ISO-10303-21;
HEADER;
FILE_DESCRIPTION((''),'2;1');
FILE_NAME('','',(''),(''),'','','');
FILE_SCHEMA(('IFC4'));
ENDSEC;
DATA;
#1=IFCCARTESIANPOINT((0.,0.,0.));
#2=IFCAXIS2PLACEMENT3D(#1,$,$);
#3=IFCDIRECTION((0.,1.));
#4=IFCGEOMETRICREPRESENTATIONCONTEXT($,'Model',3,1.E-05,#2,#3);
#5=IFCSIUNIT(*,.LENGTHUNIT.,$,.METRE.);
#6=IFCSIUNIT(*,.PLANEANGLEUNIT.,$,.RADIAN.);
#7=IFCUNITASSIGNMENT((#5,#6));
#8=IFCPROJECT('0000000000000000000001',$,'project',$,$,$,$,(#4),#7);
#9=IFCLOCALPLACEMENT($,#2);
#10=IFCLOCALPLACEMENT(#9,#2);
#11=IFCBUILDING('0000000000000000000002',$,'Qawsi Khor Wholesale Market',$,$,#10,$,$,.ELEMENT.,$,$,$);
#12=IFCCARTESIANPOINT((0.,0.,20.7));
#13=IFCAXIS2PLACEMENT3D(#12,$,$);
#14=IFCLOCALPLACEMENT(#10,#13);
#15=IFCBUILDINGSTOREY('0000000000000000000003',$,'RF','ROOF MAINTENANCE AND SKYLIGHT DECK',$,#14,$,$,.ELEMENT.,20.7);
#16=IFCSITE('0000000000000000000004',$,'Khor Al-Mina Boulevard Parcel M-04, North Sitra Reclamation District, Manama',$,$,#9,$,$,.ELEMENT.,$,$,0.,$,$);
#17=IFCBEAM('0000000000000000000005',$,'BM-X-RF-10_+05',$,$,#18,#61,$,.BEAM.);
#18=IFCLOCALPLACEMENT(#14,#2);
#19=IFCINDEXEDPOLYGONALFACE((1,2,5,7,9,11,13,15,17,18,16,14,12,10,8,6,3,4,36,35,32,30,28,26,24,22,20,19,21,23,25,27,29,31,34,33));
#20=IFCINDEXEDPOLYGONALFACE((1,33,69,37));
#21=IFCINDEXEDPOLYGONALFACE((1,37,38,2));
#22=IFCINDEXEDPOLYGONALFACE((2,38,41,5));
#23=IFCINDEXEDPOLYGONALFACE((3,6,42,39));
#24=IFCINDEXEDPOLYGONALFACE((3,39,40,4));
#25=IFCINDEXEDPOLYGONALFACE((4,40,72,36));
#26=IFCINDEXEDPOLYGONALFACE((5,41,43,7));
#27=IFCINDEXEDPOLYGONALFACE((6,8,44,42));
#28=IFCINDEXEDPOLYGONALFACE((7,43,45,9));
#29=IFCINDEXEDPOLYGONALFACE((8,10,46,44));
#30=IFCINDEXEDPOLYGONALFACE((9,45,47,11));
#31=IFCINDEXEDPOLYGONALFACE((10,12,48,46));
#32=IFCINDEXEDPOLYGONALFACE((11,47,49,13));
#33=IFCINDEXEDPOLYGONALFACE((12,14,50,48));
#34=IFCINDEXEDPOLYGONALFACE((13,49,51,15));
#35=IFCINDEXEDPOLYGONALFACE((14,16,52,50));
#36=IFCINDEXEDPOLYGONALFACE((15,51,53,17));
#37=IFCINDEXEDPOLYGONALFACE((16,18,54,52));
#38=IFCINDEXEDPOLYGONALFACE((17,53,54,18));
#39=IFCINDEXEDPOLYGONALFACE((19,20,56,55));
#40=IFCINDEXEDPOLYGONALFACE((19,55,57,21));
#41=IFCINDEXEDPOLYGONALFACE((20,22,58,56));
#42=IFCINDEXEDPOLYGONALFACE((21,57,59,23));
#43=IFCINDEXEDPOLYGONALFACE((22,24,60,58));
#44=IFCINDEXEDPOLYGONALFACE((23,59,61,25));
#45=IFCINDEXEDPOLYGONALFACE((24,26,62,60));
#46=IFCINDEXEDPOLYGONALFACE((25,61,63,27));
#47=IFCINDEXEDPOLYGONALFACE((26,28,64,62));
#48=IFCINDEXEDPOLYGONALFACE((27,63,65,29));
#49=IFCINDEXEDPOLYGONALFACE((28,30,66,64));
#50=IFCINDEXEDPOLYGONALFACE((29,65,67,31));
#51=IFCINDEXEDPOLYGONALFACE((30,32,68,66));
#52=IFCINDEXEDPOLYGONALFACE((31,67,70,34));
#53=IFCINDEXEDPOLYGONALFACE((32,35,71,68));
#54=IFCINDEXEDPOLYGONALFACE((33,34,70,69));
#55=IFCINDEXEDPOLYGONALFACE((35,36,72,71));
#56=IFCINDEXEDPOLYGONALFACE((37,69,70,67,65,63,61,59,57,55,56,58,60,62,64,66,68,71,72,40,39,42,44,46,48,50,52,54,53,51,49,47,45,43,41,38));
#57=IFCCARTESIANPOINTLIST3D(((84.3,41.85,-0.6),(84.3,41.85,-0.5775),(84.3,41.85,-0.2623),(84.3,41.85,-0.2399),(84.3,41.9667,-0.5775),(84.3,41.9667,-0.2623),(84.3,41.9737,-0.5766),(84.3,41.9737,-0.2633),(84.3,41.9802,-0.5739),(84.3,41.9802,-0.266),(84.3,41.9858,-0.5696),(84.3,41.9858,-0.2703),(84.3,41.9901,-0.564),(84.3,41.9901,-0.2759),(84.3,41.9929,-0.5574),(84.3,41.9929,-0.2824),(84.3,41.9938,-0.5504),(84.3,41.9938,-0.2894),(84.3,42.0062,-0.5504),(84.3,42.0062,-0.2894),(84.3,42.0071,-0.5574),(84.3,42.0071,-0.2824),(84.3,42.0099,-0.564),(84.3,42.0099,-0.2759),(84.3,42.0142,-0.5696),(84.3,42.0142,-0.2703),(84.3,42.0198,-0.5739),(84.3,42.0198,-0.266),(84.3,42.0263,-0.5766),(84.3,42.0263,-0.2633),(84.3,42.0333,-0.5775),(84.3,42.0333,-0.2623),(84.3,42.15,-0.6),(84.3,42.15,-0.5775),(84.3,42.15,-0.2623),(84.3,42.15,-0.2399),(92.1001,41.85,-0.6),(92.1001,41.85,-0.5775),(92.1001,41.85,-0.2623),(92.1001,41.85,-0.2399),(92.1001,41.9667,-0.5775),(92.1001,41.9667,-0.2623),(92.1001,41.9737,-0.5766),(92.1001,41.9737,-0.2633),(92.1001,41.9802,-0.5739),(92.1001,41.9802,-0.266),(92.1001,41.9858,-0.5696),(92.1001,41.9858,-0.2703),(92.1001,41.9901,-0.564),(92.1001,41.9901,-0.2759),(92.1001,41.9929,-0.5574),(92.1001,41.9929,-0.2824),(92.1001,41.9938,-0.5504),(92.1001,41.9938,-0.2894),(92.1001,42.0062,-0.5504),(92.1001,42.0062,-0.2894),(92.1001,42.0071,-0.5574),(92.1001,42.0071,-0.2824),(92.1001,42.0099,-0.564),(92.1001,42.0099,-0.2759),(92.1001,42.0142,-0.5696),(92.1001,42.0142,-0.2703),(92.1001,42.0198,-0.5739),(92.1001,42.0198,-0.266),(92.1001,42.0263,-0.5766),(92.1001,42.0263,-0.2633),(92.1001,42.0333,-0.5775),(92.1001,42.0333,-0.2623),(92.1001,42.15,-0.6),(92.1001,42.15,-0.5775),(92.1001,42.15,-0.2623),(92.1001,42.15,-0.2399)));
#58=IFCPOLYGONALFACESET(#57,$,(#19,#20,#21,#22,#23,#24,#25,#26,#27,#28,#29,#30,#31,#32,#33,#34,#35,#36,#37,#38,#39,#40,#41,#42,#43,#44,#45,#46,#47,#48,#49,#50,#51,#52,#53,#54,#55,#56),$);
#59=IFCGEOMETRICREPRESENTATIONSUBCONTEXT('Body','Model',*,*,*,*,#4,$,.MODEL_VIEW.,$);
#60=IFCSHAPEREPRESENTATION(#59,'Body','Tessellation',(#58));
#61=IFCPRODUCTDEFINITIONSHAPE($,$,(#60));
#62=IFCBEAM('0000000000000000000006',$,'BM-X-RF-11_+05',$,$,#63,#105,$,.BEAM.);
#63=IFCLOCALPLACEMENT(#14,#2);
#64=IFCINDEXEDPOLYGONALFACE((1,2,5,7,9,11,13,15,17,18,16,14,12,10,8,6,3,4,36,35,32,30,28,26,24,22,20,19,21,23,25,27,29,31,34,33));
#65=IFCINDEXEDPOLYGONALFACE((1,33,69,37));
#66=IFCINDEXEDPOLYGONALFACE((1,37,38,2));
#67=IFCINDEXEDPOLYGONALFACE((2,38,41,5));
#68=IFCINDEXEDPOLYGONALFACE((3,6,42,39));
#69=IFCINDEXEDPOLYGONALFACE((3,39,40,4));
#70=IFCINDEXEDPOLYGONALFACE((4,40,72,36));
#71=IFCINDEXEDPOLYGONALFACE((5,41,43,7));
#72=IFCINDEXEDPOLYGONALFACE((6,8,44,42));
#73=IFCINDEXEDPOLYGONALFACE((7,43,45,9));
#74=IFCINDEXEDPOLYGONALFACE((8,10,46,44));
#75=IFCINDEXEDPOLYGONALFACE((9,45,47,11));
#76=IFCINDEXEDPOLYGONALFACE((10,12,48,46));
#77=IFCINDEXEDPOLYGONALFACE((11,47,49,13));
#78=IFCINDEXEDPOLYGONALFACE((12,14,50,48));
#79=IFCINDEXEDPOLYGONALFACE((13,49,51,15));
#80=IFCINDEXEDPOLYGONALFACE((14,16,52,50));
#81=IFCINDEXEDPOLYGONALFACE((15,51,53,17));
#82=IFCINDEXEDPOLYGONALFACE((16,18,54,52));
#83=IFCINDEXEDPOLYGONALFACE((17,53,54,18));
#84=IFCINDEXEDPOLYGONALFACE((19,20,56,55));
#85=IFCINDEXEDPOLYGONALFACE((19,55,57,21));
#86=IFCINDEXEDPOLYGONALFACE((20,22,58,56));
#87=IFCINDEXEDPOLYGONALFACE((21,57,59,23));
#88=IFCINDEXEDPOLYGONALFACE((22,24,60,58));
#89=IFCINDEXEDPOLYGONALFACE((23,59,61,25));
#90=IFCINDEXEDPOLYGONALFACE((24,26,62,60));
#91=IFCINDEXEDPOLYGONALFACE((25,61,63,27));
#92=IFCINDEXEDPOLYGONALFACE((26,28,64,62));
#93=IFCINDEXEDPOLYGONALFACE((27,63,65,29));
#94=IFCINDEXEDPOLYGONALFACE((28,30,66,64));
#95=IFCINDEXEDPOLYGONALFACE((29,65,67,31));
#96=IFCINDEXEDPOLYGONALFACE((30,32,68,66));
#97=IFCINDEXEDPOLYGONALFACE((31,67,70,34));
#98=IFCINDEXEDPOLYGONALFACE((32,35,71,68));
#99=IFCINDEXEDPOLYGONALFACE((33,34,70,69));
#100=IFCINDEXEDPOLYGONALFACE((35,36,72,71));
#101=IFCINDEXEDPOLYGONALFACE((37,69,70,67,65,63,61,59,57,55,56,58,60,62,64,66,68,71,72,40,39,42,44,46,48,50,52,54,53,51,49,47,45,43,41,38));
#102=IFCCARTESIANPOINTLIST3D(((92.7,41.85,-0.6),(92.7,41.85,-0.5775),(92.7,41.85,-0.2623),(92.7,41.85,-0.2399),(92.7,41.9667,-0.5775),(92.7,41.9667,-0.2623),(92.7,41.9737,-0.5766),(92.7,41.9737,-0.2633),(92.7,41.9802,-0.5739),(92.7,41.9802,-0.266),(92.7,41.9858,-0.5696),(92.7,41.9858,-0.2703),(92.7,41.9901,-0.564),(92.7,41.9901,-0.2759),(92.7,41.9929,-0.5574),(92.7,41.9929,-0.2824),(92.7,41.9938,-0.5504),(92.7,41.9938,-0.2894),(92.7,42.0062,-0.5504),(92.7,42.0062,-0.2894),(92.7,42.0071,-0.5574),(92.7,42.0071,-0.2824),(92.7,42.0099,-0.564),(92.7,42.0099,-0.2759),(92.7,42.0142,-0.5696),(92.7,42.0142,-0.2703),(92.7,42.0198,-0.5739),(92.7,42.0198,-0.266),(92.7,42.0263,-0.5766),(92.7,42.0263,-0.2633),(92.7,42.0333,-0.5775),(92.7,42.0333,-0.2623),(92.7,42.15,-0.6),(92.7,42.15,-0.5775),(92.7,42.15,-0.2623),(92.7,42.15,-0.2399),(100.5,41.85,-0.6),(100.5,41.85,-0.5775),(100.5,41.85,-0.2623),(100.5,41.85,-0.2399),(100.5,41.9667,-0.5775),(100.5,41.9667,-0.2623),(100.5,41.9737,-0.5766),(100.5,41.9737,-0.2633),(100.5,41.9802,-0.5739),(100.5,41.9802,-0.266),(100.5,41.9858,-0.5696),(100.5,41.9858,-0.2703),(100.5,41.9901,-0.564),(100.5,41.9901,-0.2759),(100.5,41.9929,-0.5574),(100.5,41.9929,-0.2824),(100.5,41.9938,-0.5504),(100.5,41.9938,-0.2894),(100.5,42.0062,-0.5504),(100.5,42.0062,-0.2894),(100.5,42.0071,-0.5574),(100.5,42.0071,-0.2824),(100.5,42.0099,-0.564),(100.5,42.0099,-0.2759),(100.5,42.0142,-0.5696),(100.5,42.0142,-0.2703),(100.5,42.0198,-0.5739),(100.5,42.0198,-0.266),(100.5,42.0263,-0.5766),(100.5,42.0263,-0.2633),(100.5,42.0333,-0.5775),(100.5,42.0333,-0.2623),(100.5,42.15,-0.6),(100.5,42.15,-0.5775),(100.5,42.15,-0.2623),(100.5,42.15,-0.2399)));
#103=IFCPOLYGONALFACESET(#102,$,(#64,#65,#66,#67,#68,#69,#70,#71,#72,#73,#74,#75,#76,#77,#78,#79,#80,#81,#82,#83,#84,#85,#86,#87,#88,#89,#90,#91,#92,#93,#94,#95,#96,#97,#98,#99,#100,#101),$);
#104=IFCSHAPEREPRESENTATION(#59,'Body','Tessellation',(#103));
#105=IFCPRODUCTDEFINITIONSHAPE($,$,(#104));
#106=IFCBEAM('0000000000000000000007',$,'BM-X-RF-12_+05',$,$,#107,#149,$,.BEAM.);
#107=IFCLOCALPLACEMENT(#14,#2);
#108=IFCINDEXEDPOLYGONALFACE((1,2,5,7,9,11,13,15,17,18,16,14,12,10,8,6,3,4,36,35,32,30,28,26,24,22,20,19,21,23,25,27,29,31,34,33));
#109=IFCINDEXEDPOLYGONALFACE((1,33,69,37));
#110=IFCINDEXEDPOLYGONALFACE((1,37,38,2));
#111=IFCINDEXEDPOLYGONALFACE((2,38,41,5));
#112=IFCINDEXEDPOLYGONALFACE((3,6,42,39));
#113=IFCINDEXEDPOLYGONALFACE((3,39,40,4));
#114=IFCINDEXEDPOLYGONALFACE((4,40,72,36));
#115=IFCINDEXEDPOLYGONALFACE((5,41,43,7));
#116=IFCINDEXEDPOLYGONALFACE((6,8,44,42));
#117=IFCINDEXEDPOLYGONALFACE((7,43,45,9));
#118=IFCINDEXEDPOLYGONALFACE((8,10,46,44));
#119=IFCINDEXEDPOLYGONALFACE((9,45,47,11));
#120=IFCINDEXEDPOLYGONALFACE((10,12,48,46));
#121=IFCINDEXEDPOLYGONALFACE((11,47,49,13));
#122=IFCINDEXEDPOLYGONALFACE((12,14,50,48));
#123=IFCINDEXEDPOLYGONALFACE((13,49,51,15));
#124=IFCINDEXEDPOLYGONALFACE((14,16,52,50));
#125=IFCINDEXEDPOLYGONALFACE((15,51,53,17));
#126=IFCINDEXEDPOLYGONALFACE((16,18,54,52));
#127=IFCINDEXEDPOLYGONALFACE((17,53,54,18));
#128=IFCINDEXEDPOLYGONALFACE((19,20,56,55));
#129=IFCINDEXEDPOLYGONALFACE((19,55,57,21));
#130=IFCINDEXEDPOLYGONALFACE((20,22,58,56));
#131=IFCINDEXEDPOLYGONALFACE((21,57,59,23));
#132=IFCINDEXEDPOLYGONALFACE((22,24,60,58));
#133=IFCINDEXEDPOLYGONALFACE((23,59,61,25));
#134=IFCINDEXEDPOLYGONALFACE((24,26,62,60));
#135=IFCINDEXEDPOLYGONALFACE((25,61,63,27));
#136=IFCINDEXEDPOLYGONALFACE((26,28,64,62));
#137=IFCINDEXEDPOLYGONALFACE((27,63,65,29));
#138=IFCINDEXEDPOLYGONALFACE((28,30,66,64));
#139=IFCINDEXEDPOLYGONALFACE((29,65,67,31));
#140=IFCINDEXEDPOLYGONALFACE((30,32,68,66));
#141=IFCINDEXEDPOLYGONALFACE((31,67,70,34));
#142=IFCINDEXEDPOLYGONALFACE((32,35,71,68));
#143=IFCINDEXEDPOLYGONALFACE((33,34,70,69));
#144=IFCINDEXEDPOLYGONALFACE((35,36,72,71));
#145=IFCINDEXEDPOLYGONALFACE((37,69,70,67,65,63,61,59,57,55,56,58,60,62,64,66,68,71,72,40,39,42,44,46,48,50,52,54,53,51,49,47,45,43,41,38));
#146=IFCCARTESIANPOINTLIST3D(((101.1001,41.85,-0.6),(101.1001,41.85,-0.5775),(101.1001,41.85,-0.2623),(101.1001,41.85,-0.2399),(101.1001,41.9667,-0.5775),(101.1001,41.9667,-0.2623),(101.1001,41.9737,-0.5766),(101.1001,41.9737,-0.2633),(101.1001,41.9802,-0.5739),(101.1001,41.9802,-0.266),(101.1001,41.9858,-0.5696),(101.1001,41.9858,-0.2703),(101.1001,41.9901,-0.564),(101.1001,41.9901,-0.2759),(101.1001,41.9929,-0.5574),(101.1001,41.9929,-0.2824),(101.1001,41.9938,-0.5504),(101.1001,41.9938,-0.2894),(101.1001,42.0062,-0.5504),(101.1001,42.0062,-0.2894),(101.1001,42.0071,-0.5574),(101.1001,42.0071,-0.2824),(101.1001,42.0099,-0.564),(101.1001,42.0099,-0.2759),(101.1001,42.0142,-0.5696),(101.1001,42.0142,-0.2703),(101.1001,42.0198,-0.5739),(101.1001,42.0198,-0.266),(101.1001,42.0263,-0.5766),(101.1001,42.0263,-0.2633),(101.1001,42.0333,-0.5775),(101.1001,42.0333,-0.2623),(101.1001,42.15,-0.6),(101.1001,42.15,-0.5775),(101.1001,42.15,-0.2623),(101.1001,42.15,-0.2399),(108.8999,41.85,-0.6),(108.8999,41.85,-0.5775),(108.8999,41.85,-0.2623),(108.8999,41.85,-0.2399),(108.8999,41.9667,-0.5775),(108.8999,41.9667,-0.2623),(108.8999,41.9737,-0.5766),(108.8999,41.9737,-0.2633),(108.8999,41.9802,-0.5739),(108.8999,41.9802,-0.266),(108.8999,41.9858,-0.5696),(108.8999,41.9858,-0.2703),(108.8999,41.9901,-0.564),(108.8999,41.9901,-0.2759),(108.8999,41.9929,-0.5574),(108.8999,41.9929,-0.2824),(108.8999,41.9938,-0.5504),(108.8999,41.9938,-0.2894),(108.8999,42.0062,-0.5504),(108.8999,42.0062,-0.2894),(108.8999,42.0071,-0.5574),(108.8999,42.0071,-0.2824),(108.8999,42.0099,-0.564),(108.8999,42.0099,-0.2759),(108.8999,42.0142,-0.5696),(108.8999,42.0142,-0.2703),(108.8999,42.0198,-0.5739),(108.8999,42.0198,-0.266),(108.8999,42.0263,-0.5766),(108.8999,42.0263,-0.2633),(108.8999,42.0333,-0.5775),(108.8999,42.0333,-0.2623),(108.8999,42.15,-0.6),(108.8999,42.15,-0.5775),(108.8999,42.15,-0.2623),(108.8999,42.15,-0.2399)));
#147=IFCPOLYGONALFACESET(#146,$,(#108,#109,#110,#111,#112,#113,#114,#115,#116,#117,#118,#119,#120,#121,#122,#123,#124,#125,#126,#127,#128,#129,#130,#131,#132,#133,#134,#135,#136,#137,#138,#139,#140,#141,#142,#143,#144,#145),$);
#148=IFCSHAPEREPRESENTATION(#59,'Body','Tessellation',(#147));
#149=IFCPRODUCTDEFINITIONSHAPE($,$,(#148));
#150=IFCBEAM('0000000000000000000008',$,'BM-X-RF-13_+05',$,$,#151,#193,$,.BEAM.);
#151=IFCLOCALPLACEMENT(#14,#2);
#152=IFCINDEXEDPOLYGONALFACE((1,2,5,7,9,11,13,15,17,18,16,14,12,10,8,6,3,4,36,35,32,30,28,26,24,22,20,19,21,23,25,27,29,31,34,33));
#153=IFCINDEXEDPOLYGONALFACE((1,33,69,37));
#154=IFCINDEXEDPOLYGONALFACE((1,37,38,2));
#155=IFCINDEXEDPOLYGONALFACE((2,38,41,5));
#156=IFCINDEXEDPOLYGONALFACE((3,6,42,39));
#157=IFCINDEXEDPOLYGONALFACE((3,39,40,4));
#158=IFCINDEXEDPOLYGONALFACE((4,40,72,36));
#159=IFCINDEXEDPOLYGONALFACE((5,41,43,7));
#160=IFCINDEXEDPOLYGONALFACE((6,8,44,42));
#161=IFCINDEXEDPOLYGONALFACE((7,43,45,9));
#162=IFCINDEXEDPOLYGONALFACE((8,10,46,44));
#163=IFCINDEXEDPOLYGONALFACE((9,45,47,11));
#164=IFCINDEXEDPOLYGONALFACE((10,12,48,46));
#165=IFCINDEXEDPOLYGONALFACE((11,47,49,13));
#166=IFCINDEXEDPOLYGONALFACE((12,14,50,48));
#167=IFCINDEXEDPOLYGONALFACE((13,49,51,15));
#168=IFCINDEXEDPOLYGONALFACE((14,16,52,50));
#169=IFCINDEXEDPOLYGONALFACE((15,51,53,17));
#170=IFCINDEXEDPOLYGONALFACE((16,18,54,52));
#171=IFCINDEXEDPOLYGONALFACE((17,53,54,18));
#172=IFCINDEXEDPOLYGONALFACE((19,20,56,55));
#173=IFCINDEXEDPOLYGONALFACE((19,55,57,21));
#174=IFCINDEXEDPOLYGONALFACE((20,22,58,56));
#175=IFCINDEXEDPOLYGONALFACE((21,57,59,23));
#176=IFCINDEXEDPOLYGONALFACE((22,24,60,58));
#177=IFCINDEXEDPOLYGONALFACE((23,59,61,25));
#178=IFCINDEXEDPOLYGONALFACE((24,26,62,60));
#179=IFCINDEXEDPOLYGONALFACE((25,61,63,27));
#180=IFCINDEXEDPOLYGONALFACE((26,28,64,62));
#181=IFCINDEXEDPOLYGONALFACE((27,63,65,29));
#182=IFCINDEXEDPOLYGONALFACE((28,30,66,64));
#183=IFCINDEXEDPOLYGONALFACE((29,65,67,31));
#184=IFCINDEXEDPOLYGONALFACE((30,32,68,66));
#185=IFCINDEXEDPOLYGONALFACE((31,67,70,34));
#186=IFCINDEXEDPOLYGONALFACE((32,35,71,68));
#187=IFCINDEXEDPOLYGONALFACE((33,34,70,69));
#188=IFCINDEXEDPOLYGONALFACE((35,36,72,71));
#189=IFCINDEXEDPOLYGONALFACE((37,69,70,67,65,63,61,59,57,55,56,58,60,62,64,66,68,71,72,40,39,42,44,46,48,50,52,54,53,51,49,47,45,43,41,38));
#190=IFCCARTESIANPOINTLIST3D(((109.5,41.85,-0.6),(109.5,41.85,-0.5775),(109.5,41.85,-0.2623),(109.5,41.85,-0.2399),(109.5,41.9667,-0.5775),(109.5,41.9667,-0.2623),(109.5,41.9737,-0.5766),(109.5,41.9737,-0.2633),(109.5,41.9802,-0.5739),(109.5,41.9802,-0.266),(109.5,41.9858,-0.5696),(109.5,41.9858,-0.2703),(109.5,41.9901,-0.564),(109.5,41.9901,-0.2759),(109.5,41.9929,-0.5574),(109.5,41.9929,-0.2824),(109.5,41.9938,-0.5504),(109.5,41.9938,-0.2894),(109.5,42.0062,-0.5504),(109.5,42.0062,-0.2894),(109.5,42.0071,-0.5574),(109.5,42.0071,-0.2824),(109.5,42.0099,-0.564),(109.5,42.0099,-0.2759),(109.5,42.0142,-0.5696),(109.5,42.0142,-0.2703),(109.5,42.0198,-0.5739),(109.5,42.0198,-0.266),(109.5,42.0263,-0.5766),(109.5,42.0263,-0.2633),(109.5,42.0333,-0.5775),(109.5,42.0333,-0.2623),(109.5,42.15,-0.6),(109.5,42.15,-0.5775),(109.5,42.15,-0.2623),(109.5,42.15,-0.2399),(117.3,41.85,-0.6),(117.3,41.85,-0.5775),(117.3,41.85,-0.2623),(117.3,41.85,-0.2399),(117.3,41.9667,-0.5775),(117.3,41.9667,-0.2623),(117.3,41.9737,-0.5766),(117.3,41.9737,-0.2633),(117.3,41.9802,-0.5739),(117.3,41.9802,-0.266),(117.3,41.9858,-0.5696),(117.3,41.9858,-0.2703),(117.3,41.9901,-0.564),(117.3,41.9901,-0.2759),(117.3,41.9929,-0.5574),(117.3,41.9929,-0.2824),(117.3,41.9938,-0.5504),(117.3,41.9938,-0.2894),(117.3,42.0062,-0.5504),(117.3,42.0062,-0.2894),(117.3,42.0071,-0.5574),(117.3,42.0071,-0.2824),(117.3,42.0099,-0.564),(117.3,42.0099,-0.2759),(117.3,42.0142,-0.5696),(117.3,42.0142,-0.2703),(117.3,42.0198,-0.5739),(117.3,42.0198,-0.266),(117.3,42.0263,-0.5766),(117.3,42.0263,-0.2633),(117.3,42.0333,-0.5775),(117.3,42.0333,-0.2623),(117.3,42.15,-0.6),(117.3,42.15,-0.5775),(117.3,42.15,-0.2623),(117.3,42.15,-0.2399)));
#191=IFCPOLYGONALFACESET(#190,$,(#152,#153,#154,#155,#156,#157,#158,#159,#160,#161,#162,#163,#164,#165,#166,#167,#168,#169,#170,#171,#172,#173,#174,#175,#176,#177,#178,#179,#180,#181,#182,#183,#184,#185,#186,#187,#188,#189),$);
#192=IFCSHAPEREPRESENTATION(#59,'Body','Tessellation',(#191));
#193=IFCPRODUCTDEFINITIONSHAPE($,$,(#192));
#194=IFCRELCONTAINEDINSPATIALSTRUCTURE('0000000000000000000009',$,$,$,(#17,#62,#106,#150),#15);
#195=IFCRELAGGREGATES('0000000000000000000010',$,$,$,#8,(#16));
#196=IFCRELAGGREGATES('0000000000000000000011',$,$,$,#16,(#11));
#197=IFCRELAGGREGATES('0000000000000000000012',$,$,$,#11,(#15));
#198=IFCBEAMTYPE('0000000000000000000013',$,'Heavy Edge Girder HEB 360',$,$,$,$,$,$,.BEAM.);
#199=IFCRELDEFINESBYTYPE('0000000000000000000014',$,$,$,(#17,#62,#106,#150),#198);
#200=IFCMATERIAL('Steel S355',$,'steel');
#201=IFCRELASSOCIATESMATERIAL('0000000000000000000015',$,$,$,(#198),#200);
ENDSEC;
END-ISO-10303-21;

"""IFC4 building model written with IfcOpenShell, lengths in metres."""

from ifc_helpers import new_model, si_unit, direction, frame, origin, origin_2d, place, context, subcontext, project, spatial, i_section, extrude, material, material_profile, profile_set, type_object, element, save


model = new_model("IFC4")

# Units and contexts
model_context = context("Model", 3, precision=1e-05, world=origin(), true_north=direction((0.0, 1.0)))
body_context = subcontext(model_context, "Body", "Model", "MODEL_VIEW")
ifc_project = project(units=[si_unit("LENGTHUNIT", "METRE"), si_unit("PLANEANGLEUNIT", "RADIAN")], contexts=[model_context])

# Site, building, storey
site_placement = place(None, origin())
site = spatial("IfcSite", under=ifc_project, at=site_placement, Name="Khor Al-Mina Boulevard Parcel M-04, North Sitra Reclamation District, Manama", CompositionType="ELEMENT", RefElevation=0.0)
building_placement = place(site_placement, origin())
building = spatial("IfcBuilding", under=site, at=building_placement, Name="Qawsi Khor Wholesale Market", CompositionType="ELEMENT")
storey_placement = place(building_placement, frame((0.0, 0.0, 20.7)))
storey = spatial("IfcBuildingStorey", under=building, at=storey_placement, Name="RF", Description="ROOF MAINTENANCE AND SKYLIGHT DECK", CompositionType="ELEMENT", Elevation=20.7)

# Beams
ifc_material_1 = material(Name="Steel S355", Category="steel")
ifc_material_profile_1 = material_profile(ifc_material_1, i_section(OverallWidth=0.3, OverallDepth=0.3601, WebThickness=0.0125, FlangeThickness=0.0225, FilletRadius=0.0271, at=origin_2d()), Name="HEB 360")
ifc_profile_set_1 = profile_set([ifc_material_profile_1], Name="Steel S355")
beam_type_1 = type_object("IfcBeamType", Name="Heavy Edge Girder HEB 360", PredefinedType="BEAM", material=ifc_profile_set_1)
for number, where, z_axis, x_axis, name in (
    (1, (84.3, 42.0, -0.4199), (1.0, 0.0, 0.0), (0.0, 1.0, 0.0), "BM-X-RF-10_+05"),
    (2, (92.7, 42.0, -0.4199), (1.0, 0.0, 0.0), (0.0, 1.0, 0.0), "BM-X-RF-11_+05"),
):
    element("IfcBeam", number, at=place(storey_placement, frame(where, z_axis=z_axis, x_axis=x_axis)), inside=storey, type_object=beam_type_1, Name=name, PredefinedType="BEAM", context=body_context, shape_type="SweptSolid", body=[
        extrude(i_section(OverallWidth=0.3, OverallDepth=0.3601, WebThickness=0.0125, FlangeThickness=0.0225, FilletRadius=0.0271, at=origin_2d()), origin(), (0.0, 0.0, 1.0), 7.8),
    ])
beam_1_placement = place(storey_placement, frame((101.1001, 42.0, -0.4199), z_axis=(1.0, 0.0, 0.0), x_axis=(0.0, 1.0, 0.0)))
element("IfcBeam", 3, at=beam_1_placement, inside=storey, type_object=beam_type_1, Name="BM-X-RF-12_+05", PredefinedType="BEAM", context=body_context, shape_type="SweptSolid", body=[
    extrude(i_section(OverallWidth=0.3, OverallDepth=0.3601, WebThickness=0.0125, FlangeThickness=0.0225, FilletRadius=0.0271, at=origin_2d()), origin(), (0.0, 0.0, 1.0), 7.7998),
])
for number, where, z_axis, x_axis, name in (
    (4, (109.5, 42.0, -0.4199), (1.0, 0.0, 0.0), (0.0, 1.0, 0.0), "BM-X-RF-13_+05"),
):
    element("IfcBeam", number, at=place(storey_placement, frame(where, z_axis=z_axis, x_axis=x_axis)), inside=storey, type_object=beam_type_1, Name=name, PredefinedType="BEAM", context=body_context, shape_type="SweptSolid", body=[
        extrude(i_section(OverallWidth=0.3, OverallDepth=0.3601, WebThickness=0.0125, FlangeThickness=0.0225, FilletRadius=0.0271, at=origin_2d()), origin(), (0.0, 0.0, 1.0), 7.8),
    ])

save(model, "model.ifc")
